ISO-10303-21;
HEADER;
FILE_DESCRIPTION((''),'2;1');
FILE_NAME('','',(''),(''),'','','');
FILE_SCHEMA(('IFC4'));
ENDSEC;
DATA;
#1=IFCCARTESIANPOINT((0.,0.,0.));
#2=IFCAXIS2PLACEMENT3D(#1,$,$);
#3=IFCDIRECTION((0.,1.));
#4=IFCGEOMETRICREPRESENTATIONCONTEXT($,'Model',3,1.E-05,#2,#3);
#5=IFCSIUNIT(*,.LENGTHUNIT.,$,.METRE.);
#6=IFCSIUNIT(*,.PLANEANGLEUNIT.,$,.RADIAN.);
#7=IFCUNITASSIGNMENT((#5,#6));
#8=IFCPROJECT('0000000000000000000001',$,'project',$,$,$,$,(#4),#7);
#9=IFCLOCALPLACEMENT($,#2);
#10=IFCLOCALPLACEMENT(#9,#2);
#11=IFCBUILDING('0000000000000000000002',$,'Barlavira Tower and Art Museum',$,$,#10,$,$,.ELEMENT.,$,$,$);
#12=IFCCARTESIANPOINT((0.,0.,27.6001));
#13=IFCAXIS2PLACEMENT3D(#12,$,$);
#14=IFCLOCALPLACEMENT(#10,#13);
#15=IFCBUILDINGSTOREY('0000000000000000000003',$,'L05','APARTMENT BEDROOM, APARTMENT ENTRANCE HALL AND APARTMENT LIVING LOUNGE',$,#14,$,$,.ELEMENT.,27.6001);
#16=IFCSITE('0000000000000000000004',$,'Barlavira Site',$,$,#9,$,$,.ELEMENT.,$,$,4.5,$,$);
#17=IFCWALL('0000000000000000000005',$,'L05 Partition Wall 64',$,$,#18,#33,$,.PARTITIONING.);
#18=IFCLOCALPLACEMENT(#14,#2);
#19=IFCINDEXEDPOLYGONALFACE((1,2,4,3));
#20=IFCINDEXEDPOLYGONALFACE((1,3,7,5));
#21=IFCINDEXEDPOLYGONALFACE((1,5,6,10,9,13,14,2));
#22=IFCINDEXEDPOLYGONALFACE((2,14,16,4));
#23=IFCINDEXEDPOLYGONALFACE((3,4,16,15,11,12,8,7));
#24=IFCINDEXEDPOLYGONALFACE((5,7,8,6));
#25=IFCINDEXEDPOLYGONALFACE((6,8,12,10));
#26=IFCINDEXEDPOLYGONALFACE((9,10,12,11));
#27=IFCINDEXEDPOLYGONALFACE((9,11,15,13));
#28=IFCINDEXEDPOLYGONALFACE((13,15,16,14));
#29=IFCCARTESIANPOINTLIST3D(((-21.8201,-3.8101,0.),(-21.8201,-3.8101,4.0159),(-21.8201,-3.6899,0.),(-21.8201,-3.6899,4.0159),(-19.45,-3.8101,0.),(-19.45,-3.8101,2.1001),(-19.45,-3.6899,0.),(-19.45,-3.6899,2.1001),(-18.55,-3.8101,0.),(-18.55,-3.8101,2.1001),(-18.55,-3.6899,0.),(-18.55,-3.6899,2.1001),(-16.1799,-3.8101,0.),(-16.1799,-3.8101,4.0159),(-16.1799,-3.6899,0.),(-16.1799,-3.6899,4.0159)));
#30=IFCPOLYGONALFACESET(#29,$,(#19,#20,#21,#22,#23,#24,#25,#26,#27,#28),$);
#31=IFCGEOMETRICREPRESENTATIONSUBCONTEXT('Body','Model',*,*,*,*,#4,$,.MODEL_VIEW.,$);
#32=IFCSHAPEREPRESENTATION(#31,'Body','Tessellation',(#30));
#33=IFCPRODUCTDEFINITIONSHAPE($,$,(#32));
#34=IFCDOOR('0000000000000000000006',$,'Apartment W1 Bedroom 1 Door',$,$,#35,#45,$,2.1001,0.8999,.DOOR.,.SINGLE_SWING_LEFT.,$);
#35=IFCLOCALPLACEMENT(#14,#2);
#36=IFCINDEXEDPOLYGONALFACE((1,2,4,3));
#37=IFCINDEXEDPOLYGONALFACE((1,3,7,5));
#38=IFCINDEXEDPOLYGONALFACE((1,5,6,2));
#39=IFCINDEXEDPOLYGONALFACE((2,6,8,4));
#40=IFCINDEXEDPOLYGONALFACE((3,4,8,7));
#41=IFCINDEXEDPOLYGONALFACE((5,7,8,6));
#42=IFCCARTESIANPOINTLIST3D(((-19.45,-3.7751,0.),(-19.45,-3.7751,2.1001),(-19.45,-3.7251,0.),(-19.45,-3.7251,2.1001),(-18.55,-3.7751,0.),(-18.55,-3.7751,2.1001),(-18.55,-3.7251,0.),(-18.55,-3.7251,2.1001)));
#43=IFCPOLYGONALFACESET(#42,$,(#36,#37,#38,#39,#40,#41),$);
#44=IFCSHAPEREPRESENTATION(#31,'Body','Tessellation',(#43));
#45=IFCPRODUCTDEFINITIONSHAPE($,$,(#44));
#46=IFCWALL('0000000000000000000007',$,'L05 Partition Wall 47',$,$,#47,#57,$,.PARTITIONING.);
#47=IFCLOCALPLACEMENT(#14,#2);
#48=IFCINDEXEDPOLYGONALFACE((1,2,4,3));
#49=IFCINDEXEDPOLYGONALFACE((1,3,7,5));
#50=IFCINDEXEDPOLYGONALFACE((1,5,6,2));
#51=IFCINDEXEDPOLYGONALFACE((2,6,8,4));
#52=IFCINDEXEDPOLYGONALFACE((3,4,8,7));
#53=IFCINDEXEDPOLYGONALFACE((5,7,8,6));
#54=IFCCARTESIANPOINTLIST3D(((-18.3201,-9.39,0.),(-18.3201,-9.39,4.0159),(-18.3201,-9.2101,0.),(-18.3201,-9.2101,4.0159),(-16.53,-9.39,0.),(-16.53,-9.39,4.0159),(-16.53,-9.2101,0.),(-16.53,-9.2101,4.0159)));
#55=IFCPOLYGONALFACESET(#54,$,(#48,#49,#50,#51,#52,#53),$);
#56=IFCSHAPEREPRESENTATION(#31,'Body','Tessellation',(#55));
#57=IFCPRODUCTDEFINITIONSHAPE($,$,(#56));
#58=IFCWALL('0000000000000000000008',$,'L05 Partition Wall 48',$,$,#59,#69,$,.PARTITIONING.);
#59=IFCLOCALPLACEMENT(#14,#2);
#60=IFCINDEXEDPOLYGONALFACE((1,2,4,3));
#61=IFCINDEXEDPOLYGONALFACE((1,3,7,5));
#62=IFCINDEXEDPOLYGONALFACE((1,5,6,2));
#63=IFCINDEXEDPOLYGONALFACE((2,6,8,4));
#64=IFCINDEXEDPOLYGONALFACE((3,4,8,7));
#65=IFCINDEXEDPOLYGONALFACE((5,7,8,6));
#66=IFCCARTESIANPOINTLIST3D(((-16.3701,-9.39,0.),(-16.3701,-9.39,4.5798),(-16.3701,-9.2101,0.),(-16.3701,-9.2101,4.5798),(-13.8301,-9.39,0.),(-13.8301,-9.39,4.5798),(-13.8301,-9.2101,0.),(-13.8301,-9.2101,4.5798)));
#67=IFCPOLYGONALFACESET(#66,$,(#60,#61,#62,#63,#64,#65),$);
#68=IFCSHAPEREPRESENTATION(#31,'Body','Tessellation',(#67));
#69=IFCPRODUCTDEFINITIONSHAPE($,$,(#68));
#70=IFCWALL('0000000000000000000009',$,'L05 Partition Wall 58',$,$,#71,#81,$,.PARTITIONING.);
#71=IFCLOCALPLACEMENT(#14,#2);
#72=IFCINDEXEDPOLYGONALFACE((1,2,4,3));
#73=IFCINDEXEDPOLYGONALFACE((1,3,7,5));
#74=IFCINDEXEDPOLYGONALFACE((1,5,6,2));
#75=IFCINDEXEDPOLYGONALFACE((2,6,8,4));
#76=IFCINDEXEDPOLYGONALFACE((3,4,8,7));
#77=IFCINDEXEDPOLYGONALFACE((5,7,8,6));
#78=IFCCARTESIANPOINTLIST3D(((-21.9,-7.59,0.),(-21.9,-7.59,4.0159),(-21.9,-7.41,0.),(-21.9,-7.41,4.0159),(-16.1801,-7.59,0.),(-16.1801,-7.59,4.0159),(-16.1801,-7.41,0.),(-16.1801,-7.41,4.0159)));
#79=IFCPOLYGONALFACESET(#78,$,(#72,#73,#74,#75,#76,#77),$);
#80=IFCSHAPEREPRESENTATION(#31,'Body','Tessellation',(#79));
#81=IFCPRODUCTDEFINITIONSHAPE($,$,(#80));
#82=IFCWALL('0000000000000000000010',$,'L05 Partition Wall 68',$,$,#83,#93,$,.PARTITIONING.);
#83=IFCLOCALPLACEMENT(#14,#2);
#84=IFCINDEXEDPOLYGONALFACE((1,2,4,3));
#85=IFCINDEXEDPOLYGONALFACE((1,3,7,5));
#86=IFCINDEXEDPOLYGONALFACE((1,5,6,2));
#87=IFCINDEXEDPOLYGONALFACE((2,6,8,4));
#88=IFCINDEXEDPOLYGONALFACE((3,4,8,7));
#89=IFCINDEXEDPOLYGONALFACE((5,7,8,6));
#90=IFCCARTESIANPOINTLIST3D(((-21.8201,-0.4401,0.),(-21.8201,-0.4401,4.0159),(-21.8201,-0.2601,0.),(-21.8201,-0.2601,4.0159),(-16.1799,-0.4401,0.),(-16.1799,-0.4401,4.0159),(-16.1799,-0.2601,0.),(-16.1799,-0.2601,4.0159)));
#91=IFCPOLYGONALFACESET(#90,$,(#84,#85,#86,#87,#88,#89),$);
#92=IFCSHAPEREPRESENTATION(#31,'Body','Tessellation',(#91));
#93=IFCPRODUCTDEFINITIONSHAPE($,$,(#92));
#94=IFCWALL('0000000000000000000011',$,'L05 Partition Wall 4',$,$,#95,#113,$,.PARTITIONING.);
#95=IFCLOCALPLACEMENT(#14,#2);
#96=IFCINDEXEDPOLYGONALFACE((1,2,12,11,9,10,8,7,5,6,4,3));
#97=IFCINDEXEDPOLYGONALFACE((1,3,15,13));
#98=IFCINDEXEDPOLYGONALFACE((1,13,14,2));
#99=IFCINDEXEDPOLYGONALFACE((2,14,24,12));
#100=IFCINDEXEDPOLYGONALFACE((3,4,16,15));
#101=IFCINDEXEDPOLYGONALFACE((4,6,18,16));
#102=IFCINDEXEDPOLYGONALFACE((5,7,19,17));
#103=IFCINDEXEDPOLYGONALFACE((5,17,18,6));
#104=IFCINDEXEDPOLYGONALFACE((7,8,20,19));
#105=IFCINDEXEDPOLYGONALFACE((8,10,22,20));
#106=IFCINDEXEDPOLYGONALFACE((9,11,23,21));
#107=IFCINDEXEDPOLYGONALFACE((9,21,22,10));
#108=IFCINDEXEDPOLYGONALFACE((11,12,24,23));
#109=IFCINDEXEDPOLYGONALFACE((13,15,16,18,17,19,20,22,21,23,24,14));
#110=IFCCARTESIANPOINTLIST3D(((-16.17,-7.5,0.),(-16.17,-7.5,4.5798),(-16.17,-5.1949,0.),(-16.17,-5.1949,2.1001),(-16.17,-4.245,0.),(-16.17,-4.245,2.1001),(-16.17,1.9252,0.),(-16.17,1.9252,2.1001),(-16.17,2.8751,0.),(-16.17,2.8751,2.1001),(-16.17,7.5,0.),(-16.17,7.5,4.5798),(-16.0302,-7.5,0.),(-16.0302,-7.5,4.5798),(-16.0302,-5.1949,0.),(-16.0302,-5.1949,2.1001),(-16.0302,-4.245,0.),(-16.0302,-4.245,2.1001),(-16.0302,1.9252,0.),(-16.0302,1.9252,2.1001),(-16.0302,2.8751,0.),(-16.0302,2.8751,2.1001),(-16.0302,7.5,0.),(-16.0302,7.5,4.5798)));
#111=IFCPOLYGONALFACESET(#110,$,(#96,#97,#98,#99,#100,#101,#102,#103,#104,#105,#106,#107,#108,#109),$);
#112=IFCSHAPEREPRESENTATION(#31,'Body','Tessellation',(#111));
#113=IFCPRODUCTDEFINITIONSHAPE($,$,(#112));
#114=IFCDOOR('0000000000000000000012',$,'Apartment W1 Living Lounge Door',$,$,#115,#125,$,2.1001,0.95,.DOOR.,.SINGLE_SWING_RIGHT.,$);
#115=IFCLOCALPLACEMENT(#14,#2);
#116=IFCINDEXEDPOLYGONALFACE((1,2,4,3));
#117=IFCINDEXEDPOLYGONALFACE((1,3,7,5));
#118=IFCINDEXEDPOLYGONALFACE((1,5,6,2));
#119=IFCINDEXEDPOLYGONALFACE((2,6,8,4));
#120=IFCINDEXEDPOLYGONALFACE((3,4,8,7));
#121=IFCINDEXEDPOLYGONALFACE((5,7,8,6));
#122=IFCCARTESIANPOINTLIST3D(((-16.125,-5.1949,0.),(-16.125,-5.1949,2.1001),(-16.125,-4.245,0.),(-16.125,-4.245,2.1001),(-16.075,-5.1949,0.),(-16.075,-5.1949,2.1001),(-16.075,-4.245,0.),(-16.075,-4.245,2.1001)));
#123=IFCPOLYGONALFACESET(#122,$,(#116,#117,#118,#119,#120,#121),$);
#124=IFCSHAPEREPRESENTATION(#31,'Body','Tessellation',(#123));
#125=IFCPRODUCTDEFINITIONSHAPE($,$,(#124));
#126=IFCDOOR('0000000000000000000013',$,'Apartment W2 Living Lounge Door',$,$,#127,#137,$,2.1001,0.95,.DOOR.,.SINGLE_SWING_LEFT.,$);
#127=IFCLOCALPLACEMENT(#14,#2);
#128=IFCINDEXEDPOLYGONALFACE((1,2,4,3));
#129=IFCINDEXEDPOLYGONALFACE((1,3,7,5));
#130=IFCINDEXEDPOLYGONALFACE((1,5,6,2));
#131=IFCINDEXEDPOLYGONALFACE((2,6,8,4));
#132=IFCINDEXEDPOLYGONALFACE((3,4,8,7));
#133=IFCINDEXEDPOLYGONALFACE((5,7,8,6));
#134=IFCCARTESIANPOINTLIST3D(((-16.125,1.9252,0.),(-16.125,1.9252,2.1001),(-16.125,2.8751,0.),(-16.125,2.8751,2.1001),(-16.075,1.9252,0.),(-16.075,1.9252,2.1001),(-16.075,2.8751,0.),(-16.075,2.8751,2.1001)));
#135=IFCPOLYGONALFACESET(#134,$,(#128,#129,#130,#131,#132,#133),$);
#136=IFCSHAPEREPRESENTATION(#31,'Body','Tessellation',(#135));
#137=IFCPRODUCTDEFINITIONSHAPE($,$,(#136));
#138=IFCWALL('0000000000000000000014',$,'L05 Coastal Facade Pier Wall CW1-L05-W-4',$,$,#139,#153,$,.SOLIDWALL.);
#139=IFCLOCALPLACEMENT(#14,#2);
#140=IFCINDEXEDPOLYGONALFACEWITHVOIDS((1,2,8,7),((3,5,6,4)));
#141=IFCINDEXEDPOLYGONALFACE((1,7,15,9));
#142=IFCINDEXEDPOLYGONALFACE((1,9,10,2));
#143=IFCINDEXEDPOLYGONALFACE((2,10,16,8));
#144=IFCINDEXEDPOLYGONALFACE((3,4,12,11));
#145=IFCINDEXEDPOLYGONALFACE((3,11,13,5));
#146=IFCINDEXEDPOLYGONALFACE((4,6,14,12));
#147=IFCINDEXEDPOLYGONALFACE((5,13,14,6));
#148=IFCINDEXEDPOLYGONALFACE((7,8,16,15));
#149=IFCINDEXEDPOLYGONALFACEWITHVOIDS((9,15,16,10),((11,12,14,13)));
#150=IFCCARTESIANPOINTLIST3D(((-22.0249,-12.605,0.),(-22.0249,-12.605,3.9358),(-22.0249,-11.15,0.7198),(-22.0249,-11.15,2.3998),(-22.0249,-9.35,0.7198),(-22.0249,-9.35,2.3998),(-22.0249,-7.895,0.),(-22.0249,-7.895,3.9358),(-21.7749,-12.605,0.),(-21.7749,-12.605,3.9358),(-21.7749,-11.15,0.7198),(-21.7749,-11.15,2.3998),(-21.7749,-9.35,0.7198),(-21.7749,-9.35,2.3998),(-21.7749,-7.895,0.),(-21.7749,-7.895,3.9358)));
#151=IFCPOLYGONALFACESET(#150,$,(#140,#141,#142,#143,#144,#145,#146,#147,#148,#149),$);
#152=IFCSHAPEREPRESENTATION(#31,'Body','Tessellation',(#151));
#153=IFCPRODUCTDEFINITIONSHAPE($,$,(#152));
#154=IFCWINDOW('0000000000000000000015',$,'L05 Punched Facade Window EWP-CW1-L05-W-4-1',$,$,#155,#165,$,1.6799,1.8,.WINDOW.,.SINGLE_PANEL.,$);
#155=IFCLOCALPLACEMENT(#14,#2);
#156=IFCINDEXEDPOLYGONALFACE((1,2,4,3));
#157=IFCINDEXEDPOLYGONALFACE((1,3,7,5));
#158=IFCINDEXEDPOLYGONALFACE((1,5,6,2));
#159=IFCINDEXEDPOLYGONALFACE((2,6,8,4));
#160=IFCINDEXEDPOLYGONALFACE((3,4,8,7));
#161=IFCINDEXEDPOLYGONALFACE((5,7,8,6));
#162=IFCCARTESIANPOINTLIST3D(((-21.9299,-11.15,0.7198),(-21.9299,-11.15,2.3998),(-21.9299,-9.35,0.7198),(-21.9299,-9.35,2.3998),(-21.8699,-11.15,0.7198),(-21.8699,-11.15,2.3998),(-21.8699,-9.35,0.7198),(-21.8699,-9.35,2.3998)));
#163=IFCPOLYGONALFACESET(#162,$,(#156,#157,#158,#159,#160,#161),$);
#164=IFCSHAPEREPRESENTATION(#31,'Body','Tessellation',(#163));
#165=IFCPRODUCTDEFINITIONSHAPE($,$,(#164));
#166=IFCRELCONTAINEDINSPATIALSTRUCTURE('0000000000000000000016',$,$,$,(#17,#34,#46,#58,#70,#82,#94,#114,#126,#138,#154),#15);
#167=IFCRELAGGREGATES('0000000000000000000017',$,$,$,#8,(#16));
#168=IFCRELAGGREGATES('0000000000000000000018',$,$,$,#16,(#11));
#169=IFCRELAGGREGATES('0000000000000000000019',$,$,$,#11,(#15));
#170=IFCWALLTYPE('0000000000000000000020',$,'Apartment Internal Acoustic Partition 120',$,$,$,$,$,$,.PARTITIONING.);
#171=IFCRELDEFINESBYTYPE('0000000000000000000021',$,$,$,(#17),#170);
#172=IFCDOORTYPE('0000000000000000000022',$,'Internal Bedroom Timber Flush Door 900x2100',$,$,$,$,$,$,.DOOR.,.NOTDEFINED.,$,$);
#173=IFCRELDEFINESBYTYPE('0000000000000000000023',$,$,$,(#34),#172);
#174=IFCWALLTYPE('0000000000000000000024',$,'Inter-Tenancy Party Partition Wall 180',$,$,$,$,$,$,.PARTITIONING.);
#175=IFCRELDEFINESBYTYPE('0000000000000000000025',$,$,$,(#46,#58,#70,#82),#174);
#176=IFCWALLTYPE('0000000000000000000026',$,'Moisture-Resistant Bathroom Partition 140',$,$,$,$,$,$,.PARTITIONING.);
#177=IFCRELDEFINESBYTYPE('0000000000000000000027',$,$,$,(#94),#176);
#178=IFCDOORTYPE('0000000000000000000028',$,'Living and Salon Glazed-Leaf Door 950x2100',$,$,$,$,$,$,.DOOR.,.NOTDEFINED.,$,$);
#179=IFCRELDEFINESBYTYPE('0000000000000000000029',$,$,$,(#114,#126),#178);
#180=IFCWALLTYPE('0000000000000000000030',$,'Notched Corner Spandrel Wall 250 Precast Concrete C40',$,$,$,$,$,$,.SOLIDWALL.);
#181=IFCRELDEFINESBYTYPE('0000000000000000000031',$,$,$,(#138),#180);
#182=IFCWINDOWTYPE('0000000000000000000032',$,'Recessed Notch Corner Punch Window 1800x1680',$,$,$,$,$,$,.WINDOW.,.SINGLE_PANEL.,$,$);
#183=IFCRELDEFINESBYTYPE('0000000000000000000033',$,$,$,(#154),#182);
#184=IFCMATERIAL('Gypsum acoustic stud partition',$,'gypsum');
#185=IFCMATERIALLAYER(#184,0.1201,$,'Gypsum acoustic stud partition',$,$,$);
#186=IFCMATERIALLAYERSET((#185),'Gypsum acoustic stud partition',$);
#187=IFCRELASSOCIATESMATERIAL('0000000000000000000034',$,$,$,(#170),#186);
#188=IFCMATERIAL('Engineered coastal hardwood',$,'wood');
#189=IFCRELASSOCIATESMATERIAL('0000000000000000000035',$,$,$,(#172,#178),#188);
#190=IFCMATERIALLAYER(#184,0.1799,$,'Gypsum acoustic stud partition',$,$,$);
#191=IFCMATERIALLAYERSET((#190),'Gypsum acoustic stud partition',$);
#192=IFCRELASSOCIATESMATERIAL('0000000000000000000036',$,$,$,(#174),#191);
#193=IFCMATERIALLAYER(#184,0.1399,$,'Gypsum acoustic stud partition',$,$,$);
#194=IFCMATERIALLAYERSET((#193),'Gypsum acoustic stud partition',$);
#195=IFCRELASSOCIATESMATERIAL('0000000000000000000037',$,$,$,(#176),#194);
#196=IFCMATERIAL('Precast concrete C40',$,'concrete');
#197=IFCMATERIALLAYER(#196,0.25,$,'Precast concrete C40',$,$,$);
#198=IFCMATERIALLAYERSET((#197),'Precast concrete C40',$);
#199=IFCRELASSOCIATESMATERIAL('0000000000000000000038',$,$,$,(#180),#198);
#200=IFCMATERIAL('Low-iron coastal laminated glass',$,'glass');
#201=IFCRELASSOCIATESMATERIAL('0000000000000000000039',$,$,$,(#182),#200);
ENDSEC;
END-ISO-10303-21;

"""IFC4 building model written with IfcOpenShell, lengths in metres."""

from ifc_helpers import new_model, si_unit, direction, frame, frame_2d, origin, place, context, subcontext, project, spatial, rectangle, extrude, material, layer, layer_set, type_object, element, fill, save


model = new_model("IFC4")

# Units and contexts
model_context = context("Model", 3, precision=1e-05, world=origin(), true_north=direction((0.0, 1.0)))
body_context = subcontext(model_context, "Body", "Model", "MODEL_VIEW")
ifc_project = project(units=[si_unit("LENGTHUNIT", "METRE"), si_unit("PLANEANGLEUNIT", "RADIAN")], contexts=[model_context])

# Site, building, storey
site_placement = place(None, origin())
site = spatial("IfcSite", under=ifc_project, at=site_placement, Name="Barlavira Site", CompositionType="ELEMENT", RefElevation=4.5)
building_placement = place(site_placement, origin())
building = spatial("IfcBuilding", under=site, at=building_placement, Name="Barlavira Tower and Art Museum", CompositionType="ELEMENT")
storey_placement = place(building_placement, frame((0.0, 0.0, 27.6001)))
storey = spatial("IfcBuildingStorey", under=building, at=storey_placement, Name="L05", Description="APARTMENT BEDROOM, APARTMENT ENTRANCE HALL AND APARTMENT LIVING LOUNGE", CompositionType="ELEMENT", Elevation=27.6001)

# Shared definitions
ifc_material_1 = material(Name="Low-iron coastal laminated glass", Category="glass")

# Wall, opening, door
ifc_material_2 = material(Name="Gypsum acoustic stud partition", Category="gypsum")
ifc_layer_1 = layer(ifc_material_2, 0.1201, Name="Gypsum acoustic stud partition")
ifc_layer_set_1 = layer_set([ifc_layer_1], Name="Gypsum acoustic stud partition")
wall_type_1 = type_object("IfcWallType", Name="Apartment Internal Acoustic Partition 120", PredefinedType="PARTITIONING", material=ifc_layer_set_1)
wall_1_placement = place(storey_placement, frame((-21.8201, -3.75, 0.0), z_axis=(0.0, 0.0, 1.0), x_axis=(1.0, 0.0, 0.0)))
wall_1 = element("IfcWall", 1, at=wall_1_placement, inside=storey, type_object=wall_type_1, Name="L05 Partition Wall 64", PredefinedType="PARTITIONING", context=body_context, shape_type="SweptSolid", body=[
    extrude(rectangle(XDim=5.6401, YDim=0.1201, at=frame_2d((2.8201, 0.0))), origin(), (0.0, 0.0, 1.0), 4.0159),
])
opening_1_placement = place(wall_1_placement, frame((2.3701, 0.0, 0.0)))
opening_1 = element("IfcOpeningElement", 2, at=opening_1_placement, cuts=wall_1, PredefinedType="OPENING", context=body_context, shape_type="SweptSolid", body=[
    extrude(rectangle(XDim=0.8999, YDim=2.1001, at=frame_2d((0.45, 1.05))), frame((0.0, 0.0701, 0.0), z_axis=(0.0, -1.0, 0.0), x_axis=(1.0, 0.0, 0.0)), (0.0, 0.0, 1.0), 0.1401),
])
ifc_material_3 = material(Name="Engineered coastal hardwood", Category="wood")
door_type_1 = type_object("IfcDoorType", Name="Internal Bedroom Timber Flush Door 900x2100", OperationType="NOTDEFINED", PredefinedType="DOOR", material=ifc_material_3)
door_1_placement = place(opening_1_placement, origin())
door_1 = element("IfcDoor", 3, at=door_1_placement, inside=storey, type_object=door_type_1, Name="Apartment W1 Bedroom 1 Door", OperationType="SINGLE_SWING_LEFT", OverallHeight=2.1001, OverallWidth=0.8999, PredefinedType="DOOR", context=body_context, shape_type="SweptSolid", body=[
    extrude(rectangle(XDim=0.8999, YDim=2.1001, at=frame_2d((0.45, 1.05))), frame((0.0, 0.0249, 0.0), z_axis=(0.0, -1.0, 0.0), x_axis=(1.0, 0.0, 0.0)), (0.0, 0.0, 1.0), 0.05),
])
fill(opening_1, door_1)

# Walls
ifc_layer_2 = layer(ifc_material_2, 0.1799, Name="Gypsum acoustic stud partition")
ifc_layer_set_2 = layer_set([ifc_layer_2], Name="Gypsum acoustic stud partition")
wall_type_2 = type_object("IfcWallType", Name="Inter-Tenancy Party Partition Wall 180", PredefinedType="PARTITIONING", material=ifc_layer_set_2)
wall_2_placement = place(storey_placement, frame((-18.3201, -9.3, 0.0), z_axis=(0.0, 0.0, 1.0), x_axis=(1.0, 0.0, 0.0)))
element("IfcWall", 4, at=wall_2_placement, inside=storey, type_object=wall_type_2, Name="L05 Partition Wall 47", PredefinedType="PARTITIONING", context=body_context, shape_type="SweptSolid", body=[
    extrude(rectangle(XDim=1.79, YDim=0.1799, at=frame_2d((0.895, 0.0))), origin(), (0.0, 0.0, 1.0), 4.0159),
])
wall_3_placement = place(storey_placement, frame((-16.3701, -9.3, 0.0), z_axis=(0.0, 0.0, 1.0), x_axis=(1.0, 0.0, 0.0)))
element("IfcWall", 5, at=wall_3_placement, inside=storey, type_object=wall_type_2, Name="L05 Partition Wall 48", PredefinedType="PARTITIONING", context=body_context, shape_type="SweptSolid", body=[
    extrude(rectangle(XDim=2.54, YDim=0.1799, at=frame_2d((1.27, 0.0))), origin(), (0.0, 0.0, 1.0), 4.5798),
])
wall_4_placement = place(storey_placement, frame((-21.8999, -7.5, 0.0), z_axis=(0.0, 0.0, 1.0), x_axis=(1.0, 0.0, 0.0)))
element("IfcWall", 6, at=wall_4_placement, inside=storey, type_object=wall_type_2, Name="L05 Partition Wall 58", PredefinedType="PARTITIONING", context=body_context, shape_type="SweptSolid", body=[
    extrude(rectangle(XDim=5.72, YDim=0.1799, at=frame_2d((2.8599, 0.0))), origin(), (0.0, 0.0, 1.0), 4.0159),
])
wall_5_placement = place(storey_placement, frame((-21.8201, -0.3501, 0.0), z_axis=(0.0, 0.0, 1.0), x_axis=(1.0, 0.0, 0.0)))
element("IfcWall", 7, at=wall_5_placement, inside=storey, type_object=wall_type_2, Name="L05 Partition Wall 68", PredefinedType="PARTITIONING", context=body_context, shape_type="SweptSolid", body=[
    extrude(rectangle(XDim=5.6401, YDim=0.1799, at=frame_2d((2.8201, 0.0))), origin(), (0.0, 0.0, 1.0), 4.0159),
])

# Wall, openings, doors
ifc_layer_3 = layer(ifc_material_2, 0.1399, Name="Gypsum acoustic stud partition")
ifc_layer_set_3 = layer_set([ifc_layer_3], Name="Gypsum acoustic stud partition")
wall_type_3 = type_object("IfcWallType", Name="Moisture-Resistant Bathroom Partition 140", PredefinedType="PARTITIONING", material=ifc_layer_set_3)
wall_6_placement = place(storey_placement, frame((-16.1001, -7.5, 0.0), z_axis=(0.0, 0.0, 1.0), x_axis=(0.0, 1.0, 0.0)))
wall_6 = element("IfcWall", 8, at=wall_6_placement, inside=storey, type_object=wall_type_3, Name="L05 Partition Wall 4", PredefinedType="PARTITIONING", context=body_context, shape_type="SweptSolid", body=[
    extrude(rectangle(XDim=15.0, YDim=0.1399, at=frame_2d((7.5, 0.0))), origin(), (0.0, 0.0, 1.0), 4.5798),
])
opening_2_placement = place(wall_6_placement, frame((2.3049, 0.0, 0.0)))
opening_2 = element("IfcOpeningElement", 9, at=opening_2_placement, cuts=wall_6, PredefinedType="OPENING", context=body_context, shape_type="SweptSolid", body=[
    extrude(rectangle(XDim=0.95, YDim=2.1001, at=frame_2d((0.4751, 1.05))), frame((0.0, 0.0801, 0.0), z_axis=(0.0, -1.0, 0.0), x_axis=(1.0, 0.0, 0.0)), (0.0, 0.0, 1.0), 0.1599),
])
opening_3_placement = place(wall_6_placement, frame((9.425, 0.0, 0.0)))
opening_3 = element("IfcOpeningElement", 10, at=opening_3_placement, cuts=wall_6, PredefinedType="OPENING", context=body_context, shape_type="SweptSolid", body=[
    extrude(rectangle(XDim=0.95, YDim=2.1001, at=frame_2d((0.4751, 1.05))), frame((0.0, 0.0801, 0.0), z_axis=(0.0, -1.0, 0.0), x_axis=(1.0, 0.0, 0.0)), (0.0, 0.0, 1.0), 0.1599),
])
door_type_2 = type_object("IfcDoorType", Name="Living and Salon Glazed-Leaf Door 950x2100", OperationType="NOTDEFINED", PredefinedType="DOOR", material=ifc_material_3)
door_2_placement = place(opening_2_placement, origin())
door_2 = element("IfcDoor", 11, at=door_2_placement, inside=storey, type_object=door_type_2, Name="Apartment W1 Living Lounge Door", OperationType="SINGLE_SWING_RIGHT", OverallHeight=2.1001, OverallWidth=0.95, PredefinedType="DOOR", context=body_context, shape_type="SweptSolid", body=[
    extrude(rectangle(XDim=0.95, YDim=2.1001, at=frame_2d((0.4751, 1.05))), frame((0.0, 0.0249, 0.0), z_axis=(0.0, -1.0, 0.0), x_axis=(1.0, 0.0, 0.0)), (0.0, 0.0, 1.0), 0.05),
])
fill(opening_2, door_2)
door_3_placement = place(opening_3_placement, origin())
door_3 = element("IfcDoor", 12, at=door_3_placement, inside=storey, type_object=door_type_2, Name="Apartment W2 Living Lounge Door", OperationType="SINGLE_SWING_LEFT", OverallHeight=2.1001, OverallWidth=0.95, PredefinedType="DOOR", context=body_context, shape_type="SweptSolid", body=[
    extrude(rectangle(XDim=0.95, YDim=2.1001, at=frame_2d((0.4751, 1.05))), frame((0.0, 0.0249, 0.0), z_axis=(0.0, -1.0, 0.0), x_axis=(1.0, 0.0, 0.0)), (0.0, 0.0, 1.0), 0.05),
])
fill(opening_3, door_3)

# Wall, opening, window
ifc_material_4 = material(Name="Precast concrete C40", Category="concrete")
ifc_layer_4 = layer(ifc_material_4, 0.25, Name="Precast concrete C40")
ifc_layer_set_4 = layer_set([ifc_layer_4], Name="Precast concrete C40")
wall_type_4 = type_object("IfcWallType", Name="Notched Corner Spandrel Wall 250 Precast Concrete C40", PredefinedType="SOLIDWALL", material=ifc_layer_set_4)
wall_7_placement = place(storey_placement, frame((-21.8999, -7.895, 0.0), z_axis=(0.0, 0.0, 1.0), x_axis=(0.0, -1.0, 0.0)))
wall_7 = element("IfcWall", 13, at=wall_7_placement, inside=storey, type_object=wall_type_4, Name="L05 Coastal Facade Pier Wall CW1-L05-W-4", PredefinedType="SOLIDWALL", context=body_context, shape_type="SweptSolid", body=[
    extrude(rectangle(XDim=4.71, YDim=0.25, at=frame_2d((2.355, 0.0))), origin(), (0.0, 0.0, 1.0), 3.9358),
])
opening_4_placement = place(wall_7_placement, frame((1.4551, 0.0, 0.72)))
opening_4 = element("IfcOpeningElement", 14, at=opening_4_placement, cuts=wall_7, PredefinedType="OPENING", context=body_context, shape_type="SweptSolid", body=[
    extrude(rectangle(XDim=1.8, YDim=1.6799, at=frame_2d((0.8999, 0.8398))), frame((0.0, 0.135, 0.0), z_axis=(0.0, -1.0, 0.0), x_axis=(1.0, 0.0, 0.0)), (0.0, 0.0, 1.0), 0.27),
])
window_type = type_object("IfcWindowType", Name="Recessed Notch Corner Punch Window 1800x1680", PartitioningType="SINGLE_PANEL", PredefinedType="WINDOW", material=ifc_material_1)
window_placement = place(opening_4_placement, origin())
window = element("IfcWindow", 15, at=window_placement, inside=storey, type_object=window_type, Name="L05 Punched Facade Window EWP-CW1-L05-W-4-1", OverallHeight=1.6799, OverallWidth=1.8, PartitioningType="SINGLE_PANEL", PredefinedType="WINDOW", context=body_context, shape_type="SweptSolid", body=[
    extrude(rectangle(XDim=1.8, YDim=1.6799, at=frame_2d((0.8999, 0.8398))), frame((0.0, 0.03, 0.0), z_axis=(0.0, -1.0, 0.0), x_axis=(1.0, 0.0, 0.0)), (0.0, 0.0, 1.0), 0.0601),
])
fill(opening_4, window)

save(model, "model.ifc")
